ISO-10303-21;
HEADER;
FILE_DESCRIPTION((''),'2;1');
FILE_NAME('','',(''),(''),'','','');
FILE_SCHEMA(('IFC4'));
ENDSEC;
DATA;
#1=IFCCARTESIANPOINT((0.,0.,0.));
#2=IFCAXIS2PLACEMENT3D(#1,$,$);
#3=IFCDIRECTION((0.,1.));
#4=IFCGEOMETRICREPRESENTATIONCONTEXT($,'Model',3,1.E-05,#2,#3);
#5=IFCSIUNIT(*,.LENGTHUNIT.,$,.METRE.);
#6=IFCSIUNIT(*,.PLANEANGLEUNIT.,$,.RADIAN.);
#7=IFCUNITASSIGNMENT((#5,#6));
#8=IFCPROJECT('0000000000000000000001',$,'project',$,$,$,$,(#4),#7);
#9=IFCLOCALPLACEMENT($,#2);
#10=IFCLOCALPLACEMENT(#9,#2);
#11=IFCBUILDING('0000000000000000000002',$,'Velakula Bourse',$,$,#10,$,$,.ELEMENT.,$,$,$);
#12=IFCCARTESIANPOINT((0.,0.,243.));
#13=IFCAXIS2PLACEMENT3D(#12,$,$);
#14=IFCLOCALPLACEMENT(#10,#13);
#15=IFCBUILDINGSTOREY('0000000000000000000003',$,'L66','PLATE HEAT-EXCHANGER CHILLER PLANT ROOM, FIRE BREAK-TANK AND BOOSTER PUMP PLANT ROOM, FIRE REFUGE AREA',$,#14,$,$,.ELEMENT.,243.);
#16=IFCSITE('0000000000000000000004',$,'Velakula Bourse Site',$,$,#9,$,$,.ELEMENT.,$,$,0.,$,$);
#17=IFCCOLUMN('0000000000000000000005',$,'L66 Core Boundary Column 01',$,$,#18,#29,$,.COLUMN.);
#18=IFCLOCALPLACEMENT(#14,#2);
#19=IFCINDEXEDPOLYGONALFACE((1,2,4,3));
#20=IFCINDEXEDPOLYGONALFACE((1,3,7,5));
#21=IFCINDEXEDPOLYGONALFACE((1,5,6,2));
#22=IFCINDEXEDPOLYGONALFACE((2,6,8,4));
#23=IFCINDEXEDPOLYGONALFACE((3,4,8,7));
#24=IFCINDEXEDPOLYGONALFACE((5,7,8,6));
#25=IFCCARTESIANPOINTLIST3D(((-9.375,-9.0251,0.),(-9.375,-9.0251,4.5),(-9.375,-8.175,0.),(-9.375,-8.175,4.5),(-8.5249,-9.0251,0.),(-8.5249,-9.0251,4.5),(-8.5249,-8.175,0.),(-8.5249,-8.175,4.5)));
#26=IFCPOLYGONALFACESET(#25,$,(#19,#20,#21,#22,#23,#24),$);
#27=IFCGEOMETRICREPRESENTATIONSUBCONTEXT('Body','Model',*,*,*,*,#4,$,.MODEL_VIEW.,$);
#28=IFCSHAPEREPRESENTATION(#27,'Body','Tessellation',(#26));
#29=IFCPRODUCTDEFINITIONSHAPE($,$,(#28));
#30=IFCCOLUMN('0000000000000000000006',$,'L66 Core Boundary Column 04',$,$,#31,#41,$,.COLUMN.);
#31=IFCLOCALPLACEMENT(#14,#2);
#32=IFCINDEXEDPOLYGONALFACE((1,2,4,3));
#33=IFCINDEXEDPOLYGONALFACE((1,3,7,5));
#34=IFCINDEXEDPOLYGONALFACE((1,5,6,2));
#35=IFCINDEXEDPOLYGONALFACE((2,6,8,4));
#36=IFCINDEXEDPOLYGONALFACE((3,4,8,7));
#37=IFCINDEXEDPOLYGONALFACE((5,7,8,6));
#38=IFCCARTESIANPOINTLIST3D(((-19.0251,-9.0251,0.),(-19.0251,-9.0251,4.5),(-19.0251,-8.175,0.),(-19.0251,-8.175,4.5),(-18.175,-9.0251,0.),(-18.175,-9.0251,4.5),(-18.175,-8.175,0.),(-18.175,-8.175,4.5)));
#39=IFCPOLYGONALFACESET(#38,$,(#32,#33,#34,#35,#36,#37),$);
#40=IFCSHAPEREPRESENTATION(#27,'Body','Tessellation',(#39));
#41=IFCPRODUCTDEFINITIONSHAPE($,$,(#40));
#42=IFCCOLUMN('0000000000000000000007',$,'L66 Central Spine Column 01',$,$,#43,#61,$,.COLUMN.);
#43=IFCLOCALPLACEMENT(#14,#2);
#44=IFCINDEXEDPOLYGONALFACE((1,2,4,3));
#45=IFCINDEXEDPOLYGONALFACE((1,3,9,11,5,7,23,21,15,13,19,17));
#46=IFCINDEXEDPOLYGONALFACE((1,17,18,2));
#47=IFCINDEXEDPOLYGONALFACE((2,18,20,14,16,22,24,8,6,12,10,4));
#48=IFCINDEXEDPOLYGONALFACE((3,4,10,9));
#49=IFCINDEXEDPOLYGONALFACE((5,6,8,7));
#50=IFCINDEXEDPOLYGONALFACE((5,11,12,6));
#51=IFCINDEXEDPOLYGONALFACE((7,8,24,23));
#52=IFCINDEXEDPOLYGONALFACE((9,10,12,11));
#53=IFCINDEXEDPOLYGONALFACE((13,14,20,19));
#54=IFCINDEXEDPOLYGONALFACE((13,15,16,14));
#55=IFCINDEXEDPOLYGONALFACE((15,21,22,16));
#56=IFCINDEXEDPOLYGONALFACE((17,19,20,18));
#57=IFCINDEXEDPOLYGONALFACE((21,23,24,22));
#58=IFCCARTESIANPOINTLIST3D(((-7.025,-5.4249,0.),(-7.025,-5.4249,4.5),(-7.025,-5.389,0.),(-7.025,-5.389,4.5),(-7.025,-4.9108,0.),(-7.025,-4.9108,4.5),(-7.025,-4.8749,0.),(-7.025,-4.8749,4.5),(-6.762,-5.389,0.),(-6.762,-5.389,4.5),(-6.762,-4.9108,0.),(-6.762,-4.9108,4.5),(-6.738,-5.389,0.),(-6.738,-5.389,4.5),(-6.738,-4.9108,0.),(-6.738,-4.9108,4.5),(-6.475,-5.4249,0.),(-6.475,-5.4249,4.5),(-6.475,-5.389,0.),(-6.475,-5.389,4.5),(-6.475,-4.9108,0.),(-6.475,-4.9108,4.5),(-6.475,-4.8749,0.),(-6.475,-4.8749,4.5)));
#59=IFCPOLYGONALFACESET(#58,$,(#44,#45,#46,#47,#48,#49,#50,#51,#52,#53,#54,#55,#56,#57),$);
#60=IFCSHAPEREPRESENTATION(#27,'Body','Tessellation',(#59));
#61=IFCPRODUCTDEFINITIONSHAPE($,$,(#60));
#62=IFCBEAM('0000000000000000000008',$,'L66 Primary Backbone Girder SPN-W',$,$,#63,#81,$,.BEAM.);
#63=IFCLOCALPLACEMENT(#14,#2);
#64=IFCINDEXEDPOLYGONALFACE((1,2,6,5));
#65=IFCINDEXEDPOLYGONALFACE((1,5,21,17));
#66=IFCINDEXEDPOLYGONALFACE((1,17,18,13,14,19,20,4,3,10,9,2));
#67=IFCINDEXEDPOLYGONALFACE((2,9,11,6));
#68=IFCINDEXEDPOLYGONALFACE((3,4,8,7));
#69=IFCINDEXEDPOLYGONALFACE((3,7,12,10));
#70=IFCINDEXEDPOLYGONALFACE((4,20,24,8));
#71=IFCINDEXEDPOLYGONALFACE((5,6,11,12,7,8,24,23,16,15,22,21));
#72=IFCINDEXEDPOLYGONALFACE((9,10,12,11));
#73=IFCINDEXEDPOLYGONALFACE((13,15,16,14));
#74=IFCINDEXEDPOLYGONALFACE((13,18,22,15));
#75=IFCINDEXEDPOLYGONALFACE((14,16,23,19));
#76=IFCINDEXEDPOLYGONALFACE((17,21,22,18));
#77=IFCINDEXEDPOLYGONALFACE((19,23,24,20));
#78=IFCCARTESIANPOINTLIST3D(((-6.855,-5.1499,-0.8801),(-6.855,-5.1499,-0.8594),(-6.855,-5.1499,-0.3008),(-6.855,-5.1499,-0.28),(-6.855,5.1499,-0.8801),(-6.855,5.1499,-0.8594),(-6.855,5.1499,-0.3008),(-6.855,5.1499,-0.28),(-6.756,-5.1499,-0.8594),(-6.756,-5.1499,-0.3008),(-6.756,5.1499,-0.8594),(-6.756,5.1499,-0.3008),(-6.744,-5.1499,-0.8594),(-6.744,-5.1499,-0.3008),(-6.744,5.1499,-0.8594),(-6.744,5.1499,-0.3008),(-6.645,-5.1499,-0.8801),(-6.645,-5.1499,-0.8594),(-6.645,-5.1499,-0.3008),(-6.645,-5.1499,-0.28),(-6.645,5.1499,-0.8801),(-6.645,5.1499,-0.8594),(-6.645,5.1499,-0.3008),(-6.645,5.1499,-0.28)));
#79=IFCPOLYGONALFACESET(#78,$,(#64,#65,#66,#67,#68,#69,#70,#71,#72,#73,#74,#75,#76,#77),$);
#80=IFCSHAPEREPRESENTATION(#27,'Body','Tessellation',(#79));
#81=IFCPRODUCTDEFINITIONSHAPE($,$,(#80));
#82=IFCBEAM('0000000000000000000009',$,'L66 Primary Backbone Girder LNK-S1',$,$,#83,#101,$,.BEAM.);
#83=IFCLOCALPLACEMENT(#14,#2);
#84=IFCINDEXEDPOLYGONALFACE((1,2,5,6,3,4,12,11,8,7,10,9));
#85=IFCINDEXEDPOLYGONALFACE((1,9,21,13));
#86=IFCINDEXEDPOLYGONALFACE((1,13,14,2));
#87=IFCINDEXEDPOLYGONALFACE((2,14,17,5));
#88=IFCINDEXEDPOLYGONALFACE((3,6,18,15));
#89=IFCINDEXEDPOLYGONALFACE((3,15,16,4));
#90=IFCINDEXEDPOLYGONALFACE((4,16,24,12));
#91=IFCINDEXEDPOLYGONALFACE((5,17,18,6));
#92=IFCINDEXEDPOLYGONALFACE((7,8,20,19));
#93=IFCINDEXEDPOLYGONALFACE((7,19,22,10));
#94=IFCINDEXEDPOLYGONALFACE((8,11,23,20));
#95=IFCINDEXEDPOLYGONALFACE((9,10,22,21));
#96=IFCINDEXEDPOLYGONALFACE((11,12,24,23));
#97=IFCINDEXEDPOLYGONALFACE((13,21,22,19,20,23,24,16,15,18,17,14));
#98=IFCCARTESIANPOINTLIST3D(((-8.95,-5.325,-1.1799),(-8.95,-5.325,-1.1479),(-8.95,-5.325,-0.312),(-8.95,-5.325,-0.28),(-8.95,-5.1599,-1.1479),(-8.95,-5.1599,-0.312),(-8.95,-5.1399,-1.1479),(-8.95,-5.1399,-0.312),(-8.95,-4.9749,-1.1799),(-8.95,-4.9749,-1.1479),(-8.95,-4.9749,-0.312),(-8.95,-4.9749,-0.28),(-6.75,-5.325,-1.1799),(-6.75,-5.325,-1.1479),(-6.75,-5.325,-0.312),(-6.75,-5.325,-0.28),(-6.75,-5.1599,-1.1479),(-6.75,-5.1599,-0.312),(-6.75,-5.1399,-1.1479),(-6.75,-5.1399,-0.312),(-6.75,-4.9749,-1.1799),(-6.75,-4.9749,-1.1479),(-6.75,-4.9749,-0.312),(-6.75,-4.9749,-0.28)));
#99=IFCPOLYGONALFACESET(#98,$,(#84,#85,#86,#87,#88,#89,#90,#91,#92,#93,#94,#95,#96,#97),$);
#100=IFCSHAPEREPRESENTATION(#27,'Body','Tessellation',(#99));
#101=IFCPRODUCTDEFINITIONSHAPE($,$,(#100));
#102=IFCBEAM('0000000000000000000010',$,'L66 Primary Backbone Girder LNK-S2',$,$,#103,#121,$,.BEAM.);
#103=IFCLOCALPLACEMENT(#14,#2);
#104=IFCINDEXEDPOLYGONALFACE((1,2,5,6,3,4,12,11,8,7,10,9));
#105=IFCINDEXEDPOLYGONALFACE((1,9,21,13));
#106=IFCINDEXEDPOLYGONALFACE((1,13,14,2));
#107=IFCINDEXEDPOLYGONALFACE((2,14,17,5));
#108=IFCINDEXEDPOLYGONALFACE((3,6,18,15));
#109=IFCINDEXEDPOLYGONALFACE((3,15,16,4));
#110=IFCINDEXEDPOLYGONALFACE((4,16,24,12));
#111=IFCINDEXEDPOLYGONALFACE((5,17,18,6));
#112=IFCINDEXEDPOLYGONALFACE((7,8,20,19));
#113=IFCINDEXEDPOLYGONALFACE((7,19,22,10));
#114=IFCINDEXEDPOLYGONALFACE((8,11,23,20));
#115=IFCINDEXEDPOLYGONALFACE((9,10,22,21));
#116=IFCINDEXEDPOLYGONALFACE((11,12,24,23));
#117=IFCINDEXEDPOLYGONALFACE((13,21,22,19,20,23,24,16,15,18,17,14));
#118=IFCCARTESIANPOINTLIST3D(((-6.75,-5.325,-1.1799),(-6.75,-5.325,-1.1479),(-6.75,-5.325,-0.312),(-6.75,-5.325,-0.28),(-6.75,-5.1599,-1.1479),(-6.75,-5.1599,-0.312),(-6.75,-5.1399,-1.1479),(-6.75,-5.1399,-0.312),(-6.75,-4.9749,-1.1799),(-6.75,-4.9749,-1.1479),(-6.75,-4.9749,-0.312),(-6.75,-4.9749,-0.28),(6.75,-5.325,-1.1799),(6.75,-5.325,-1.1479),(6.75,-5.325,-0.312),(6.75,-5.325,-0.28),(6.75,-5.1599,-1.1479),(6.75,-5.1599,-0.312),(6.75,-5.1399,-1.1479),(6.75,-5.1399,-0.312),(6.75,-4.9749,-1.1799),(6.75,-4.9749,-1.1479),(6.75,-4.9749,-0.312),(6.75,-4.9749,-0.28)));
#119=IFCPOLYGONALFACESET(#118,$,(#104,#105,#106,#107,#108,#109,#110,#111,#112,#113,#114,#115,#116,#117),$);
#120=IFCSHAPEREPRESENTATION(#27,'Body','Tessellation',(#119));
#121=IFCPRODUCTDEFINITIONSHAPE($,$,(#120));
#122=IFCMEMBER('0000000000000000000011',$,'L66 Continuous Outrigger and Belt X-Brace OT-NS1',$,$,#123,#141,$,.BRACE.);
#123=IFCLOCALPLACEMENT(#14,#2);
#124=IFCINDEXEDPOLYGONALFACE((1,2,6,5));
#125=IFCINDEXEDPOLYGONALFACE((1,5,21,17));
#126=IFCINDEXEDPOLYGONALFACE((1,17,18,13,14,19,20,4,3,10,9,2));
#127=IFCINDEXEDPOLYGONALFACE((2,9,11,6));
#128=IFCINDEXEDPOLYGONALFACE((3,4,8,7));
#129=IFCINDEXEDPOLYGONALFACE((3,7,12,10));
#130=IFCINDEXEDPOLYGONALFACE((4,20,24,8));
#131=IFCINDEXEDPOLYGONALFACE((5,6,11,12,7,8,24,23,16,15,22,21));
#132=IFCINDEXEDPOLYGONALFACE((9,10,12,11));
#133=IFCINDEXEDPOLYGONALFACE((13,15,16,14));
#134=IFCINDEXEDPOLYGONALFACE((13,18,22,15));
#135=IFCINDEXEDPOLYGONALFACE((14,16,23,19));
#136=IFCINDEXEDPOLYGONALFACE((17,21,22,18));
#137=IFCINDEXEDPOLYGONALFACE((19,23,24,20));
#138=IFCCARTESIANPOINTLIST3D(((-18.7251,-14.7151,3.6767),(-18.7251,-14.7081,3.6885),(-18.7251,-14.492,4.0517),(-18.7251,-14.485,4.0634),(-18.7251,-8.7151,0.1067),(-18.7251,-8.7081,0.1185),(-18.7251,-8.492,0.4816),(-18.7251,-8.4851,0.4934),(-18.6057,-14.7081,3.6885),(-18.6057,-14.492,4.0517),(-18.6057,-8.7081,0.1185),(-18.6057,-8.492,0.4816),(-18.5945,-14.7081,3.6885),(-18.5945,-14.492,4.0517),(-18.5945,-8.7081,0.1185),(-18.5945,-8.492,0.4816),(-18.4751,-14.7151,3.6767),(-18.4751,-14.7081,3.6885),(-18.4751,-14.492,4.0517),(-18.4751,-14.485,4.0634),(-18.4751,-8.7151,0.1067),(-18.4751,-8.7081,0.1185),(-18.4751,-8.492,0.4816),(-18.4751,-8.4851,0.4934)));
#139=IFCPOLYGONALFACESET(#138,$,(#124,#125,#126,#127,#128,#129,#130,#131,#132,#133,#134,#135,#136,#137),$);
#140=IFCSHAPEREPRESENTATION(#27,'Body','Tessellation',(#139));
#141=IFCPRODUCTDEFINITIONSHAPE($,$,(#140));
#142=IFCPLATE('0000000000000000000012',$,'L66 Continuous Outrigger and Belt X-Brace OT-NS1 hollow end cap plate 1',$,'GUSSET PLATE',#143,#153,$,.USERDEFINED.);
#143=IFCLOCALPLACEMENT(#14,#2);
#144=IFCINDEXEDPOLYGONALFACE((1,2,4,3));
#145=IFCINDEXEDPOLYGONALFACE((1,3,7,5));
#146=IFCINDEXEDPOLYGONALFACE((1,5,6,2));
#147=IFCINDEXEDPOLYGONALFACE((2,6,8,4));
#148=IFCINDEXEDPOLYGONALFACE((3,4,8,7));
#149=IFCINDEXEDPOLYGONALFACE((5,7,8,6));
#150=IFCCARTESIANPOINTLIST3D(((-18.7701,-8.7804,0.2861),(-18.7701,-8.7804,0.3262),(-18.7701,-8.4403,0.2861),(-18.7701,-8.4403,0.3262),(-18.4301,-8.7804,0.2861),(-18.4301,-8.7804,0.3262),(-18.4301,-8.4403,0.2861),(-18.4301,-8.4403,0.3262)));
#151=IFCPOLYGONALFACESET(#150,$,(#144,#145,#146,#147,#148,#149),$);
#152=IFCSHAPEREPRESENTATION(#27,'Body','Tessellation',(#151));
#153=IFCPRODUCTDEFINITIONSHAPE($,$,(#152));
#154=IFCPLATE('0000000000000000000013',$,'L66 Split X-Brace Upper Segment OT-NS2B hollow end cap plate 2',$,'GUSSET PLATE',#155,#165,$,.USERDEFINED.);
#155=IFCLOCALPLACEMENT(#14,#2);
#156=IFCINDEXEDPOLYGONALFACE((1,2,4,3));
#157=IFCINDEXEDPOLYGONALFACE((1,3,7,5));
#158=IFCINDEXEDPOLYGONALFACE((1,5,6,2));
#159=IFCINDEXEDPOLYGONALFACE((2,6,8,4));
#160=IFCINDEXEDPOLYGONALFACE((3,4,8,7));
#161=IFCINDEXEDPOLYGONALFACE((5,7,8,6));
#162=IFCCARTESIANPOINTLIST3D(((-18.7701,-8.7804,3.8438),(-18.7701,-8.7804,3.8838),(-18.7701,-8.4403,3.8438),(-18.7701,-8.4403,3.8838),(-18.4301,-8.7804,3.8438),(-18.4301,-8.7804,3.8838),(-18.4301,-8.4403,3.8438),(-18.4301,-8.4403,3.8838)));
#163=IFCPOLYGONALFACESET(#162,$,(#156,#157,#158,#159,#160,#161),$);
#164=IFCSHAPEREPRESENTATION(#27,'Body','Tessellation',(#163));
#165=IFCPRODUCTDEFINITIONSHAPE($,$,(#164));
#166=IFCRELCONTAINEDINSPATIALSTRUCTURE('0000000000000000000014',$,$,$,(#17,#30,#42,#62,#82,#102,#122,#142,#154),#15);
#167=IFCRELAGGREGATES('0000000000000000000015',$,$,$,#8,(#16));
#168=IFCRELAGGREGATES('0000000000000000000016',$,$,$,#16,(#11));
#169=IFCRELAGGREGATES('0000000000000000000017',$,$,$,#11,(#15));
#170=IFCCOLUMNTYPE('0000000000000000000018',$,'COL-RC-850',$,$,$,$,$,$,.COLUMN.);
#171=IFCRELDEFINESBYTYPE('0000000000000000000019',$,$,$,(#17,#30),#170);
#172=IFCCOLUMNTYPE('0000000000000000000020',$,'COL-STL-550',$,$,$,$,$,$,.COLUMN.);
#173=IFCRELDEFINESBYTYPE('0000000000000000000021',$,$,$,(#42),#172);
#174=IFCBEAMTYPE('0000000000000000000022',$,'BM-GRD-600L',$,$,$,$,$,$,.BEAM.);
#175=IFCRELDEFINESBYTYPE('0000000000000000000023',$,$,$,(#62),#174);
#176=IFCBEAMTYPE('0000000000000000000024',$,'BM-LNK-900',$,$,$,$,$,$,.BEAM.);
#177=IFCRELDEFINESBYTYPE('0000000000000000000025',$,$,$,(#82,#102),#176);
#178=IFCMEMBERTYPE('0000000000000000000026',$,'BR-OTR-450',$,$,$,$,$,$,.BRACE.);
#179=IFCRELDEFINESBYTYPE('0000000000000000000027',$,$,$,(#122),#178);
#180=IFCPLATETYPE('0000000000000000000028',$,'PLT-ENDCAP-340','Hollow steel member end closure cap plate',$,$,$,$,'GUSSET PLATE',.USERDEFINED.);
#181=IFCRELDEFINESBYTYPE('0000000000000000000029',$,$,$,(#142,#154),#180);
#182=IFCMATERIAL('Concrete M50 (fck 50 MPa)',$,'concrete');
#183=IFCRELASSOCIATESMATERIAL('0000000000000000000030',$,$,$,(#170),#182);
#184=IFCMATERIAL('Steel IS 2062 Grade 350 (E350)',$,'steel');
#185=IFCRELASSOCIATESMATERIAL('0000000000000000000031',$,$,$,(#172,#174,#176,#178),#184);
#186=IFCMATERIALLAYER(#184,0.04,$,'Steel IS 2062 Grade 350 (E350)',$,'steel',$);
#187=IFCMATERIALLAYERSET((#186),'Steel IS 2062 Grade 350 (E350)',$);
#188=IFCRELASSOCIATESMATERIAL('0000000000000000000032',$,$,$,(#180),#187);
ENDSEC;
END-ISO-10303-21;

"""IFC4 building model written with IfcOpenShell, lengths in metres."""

from ifc_helpers import new_model, si_unit, direction, frame, origin, origin_2d, place, context, subcontext, project, spatial, rectangle, i_section, extrude, material, layer, layer_set, material_profile, profile_set, type_object, element, save


model = new_model("IFC4")

# Units and contexts
model_context = context("Model", 3, precision=1e-05, world=origin(), true_north=direction((0.0, 1.0)))
body_context = subcontext(model_context, "Body", "Model", "MODEL_VIEW")
ifc_project = project(units=[si_unit("LENGTHUNIT", "METRE"), si_unit("PLANEANGLEUNIT", "RADIAN")], contexts=[model_context])

# Site, building, storey
site_placement = place(None, origin())
site = spatial("IfcSite", under=ifc_project, at=site_placement, Name="Velakula Bourse Site", CompositionType="ELEMENT", RefElevation=0.0)
building_placement = place(site_placement, origin())
building = spatial("IfcBuilding", under=site, at=building_placement, Name="Velakula Bourse", CompositionType="ELEMENT")
storey_placement = place(building_placement, frame((0.0, 0.0, 243.0)))
storey = spatial("IfcBuildingStorey", under=building, at=storey_placement, Name="L66", Description="PLATE HEAT-EXCHANGER CHILLER PLANT ROOM, FIRE BREAK-TANK AND BOOSTER PUMP PLANT ROOM, FIRE REFUGE AREA", CompositionType="ELEMENT", Elevation=243.0)

# Columns
ifc_material_1 = material(Name="Concrete M50 (fck 50 MPa)", Category="concrete")
ifc_material_profile_1 = material_profile(ifc_material_1, rectangle(XDim=0.8501, YDim=0.8501, at=origin_2d()), Name="Concrete M50 (fck 50 MPa)")
ifc_profile_set_1 = profile_set([ifc_material_profile_1], Name="Concrete M50 (fck 50 MPa)")
column_type_1 = type_object("IfcColumnType", Name="COL-RC-850", PredefinedType="COLUMN", material=ifc_profile_set_1)
for number, where, z_axis, x_axis, name in (
    (1, (-8.95, -8.6001, 0.0), (0.0, 0.0, 1.0), (1.0, 0.0, 0.0), "L66 Core Boundary Column 01"),
    (2, (-18.6001, -8.6001, 0.0), (0.0, 0.0, 1.0), (1.0, 0.0, 0.0), "L66 Core Boundary Column 04"),
):
    element("IfcColumn", number, at=place(storey_placement, frame(where, z_axis=z_axis, x_axis=x_axis)), inside=storey, type_object=column_type_1, Name=name, PredefinedType="COLUMN", context=body_context, shape_type="SweptSolid", body=[
        extrude(rectangle(XDim=0.8501, YDim=0.8501, at=origin_2d()), origin(), (0.0, 0.0, 1.0), 4.5),
    ])
ifc_material_2 = material(Name="Steel IS 2062 Grade 350 (E350)", Category="steel")
ifc_material_profile_2 = material_profile(ifc_material_2, i_section(OverallWidth=0.55, OverallDepth=0.55, WebThickness=0.0239, FlangeThickness=0.0359, at=origin_2d()), Name="Steel IS 2062 Grade 350 (E350)")
ifc_profile_set_2 = profile_set([ifc_material_profile_2], Name="Steel IS 2062 Grade 350 (E350)")
column_type_2 = type_object("IfcColumnType", Name="COL-STL-550", PredefinedType="COLUMN", material=ifc_profile_set_2)
column_placement = place(storey_placement, frame((-6.75, -5.1499, 0.0), z_axis=(0.0, 0.0, 1.0), x_axis=(1.0, 0.0, 0.0)))
element("IfcColumn", 3, at=column_placement, inside=storey, type_object=column_type_2, Name="L66 Central Spine Column 01", PredefinedType="COLUMN", context=body_context, shape_type="SweptSolid", body=[
    extrude(i_section(OverallWidth=0.55, OverallDepth=0.55, WebThickness=0.0239, FlangeThickness=0.0359, at=origin_2d()), origin(), (0.0, 0.0, 1.0), 4.5),
])

# Beams
ifc_material_profile_3 = material_profile(ifc_material_2, i_section(OverallWidth=0.21, OverallDepth=0.6001, WebThickness=0.012, FlangeThickness=0.0208, at=origin_2d()), Name="Steel IS 2062 Grade 350 (E350)")
ifc_profile_set_3 = profile_set([ifc_material_profile_3], Name="Steel IS 2062 Grade 350 (E350)")
beam_type_1 = type_object("IfcBeamType", Name="BM-GRD-600L", PredefinedType="BEAM", material=ifc_profile_set_3)
beam_1_placement = place(storey_placement, frame((-6.75, -5.1499, -0.5801), z_axis=(0.0, 1.0, 0.0), x_axis=(-1.0, 0.0, 0.0)))
element("IfcBeam", 4, at=beam_1_placement, inside=storey, type_object=beam_type_1, Name="L66 Primary Backbone Girder SPN-W", PredefinedType="BEAM", context=body_context, shape_type="SweptSolid", body=[
    extrude(i_section(OverallWidth=0.21, OverallDepth=0.6001, WebThickness=0.012, FlangeThickness=0.0208, at=origin_2d()), origin(), (0.0, 0.0, 1.0), 10.2998),
])
ifc_material_profile_4 = material_profile(ifc_material_2, i_section(OverallWidth=0.3501, OverallDepth=0.8999, WebThickness=0.02, FlangeThickness=0.032, at=origin_2d()), Name="Steel IS 2062 Grade 350 (E350)")
ifc_profile_set_4 = profile_set([ifc_material_profile_4], Name="Steel IS 2062 Grade 350 (E350)")
beam_type_2 = type_object("IfcBeamType", Name="BM-LNK-900", PredefinedType="BEAM", material=ifc_profile_set_4)
beam_2_placement = place(storey_placement, frame((-8.95, -5.1499, -0.73), z_axis=(1.0, 0.0, 0.0), x_axis=(0.0, 1.0, 0.0)))
element("IfcBeam", 5, at=beam_2_placement, inside=storey, type_object=beam_type_2, Name="L66 Primary Backbone Girder LNK-S1", PredefinedType="BEAM", context=body_context, shape_type="SweptSolid", body=[
    extrude(i_section(OverallWidth=0.3501, OverallDepth=0.8999, WebThickness=0.02, FlangeThickness=0.032, at=origin_2d()), origin(), (0.0, 0.0, 1.0), 2.2),
])
beam_3_placement = place(storey_placement, frame((-6.75, -5.1499, -0.73), z_axis=(1.0, 0.0, 0.0), x_axis=(0.0, 1.0, 0.0)))
element("IfcBeam", 6, at=beam_3_placement, inside=storey, type_object=beam_type_2, Name="L66 Primary Backbone Girder LNK-S2", PredefinedType="BEAM", context=body_context, shape_type="SweptSolid", body=[
    extrude(i_section(OverallWidth=0.3501, OverallDepth=0.8999, WebThickness=0.02, FlangeThickness=0.032, at=origin_2d()), origin(), (0.0, 0.0, 1.0), 13.5),
])

# Member
ifc_material_profile_5 = material_profile(ifc_material_2, i_section(OverallWidth=0.25, OverallDepth=0.45, WebThickness=0.0112, FlangeThickness=0.0137, at=origin_2d()), Name="Steel IS 2062 Grade 350 (E350)")
ifc_profile_set_5 = profile_set([ifc_material_profile_5], Name="Steel IS 2062 Grade 350 (E350)")
member_type = type_object("IfcMemberType", Name="BR-OTR-450", PredefinedType="BRACE", material=ifc_profile_set_5)
member_placement = place(storey_placement, frame((-18.6001, -8.6001, 0.3), z_axis=(0.0, -0.859378, 0.51134), x_axis=(1.0, 0.0, 0.0)))
element("IfcMember", 7, at=member_placement, inside=storey, type_object=member_type, Name="L66 Continuous Outrigger and Belt X-Brace OT-NS1", PredefinedType="BRACE", context=body_context, shape_type="SweptSolid", body=[
    extrude(i_section(OverallWidth=0.25, OverallDepth=0.45, WebThickness=0.0112, FlangeThickness=0.0137, at=origin_2d()), origin(), (0.0, 0.0, 1.0), 6.9817),
])

# Plates
ifc_layer_1 = layer(ifc_material_2, 0.04, Name="Steel IS 2062 Grade 350 (E350)", Category="steel")
ifc_layer_set_1 = layer_set([ifc_layer_1], Name="Steel IS 2062 Grade 350 (E350)")
plate_type = type_object("IfcPlateType", Name="PLT-ENDCAP-340", Description="Hollow steel member end closure cap plate", ElementType="GUSSET PLATE", PredefinedType="USERDEFINED", material=ifc_layer_set_1)
for number, where, z_axis, x_axis, name in (
    (8, (-18.6001, -8.6104, 0.2861), (0.0, 0.0, 1.0), (0.0, -1.0, 0.0), "L66 Continuous Outrigger and Belt X-Brace OT-NS1 hollow end cap plate 1"),
    (9, (-18.6001, -8.6104, 3.8438), (0.0, 0.0, 1.0), (0.0, 1.0, 0.0), "L66 Split X-Brace Upper Segment OT-NS2B hollow end cap plate 2"),
):
    element("IfcPlate", number, at=place(storey_placement, frame(where, z_axis=z_axis, x_axis=x_axis)), inside=storey, type_object=plate_type, Name=name, ObjectType="GUSSET PLATE", PredefinedType="USERDEFINED", context=body_context, shape_type="SweptSolid", body=[
        extrude(rectangle(XDim=0.3401, YDim=0.3401, at=origin_2d()), origin(), (0.0, 0.0, 1.0), 0.04),
    ])

save(model, "model.ifc")
